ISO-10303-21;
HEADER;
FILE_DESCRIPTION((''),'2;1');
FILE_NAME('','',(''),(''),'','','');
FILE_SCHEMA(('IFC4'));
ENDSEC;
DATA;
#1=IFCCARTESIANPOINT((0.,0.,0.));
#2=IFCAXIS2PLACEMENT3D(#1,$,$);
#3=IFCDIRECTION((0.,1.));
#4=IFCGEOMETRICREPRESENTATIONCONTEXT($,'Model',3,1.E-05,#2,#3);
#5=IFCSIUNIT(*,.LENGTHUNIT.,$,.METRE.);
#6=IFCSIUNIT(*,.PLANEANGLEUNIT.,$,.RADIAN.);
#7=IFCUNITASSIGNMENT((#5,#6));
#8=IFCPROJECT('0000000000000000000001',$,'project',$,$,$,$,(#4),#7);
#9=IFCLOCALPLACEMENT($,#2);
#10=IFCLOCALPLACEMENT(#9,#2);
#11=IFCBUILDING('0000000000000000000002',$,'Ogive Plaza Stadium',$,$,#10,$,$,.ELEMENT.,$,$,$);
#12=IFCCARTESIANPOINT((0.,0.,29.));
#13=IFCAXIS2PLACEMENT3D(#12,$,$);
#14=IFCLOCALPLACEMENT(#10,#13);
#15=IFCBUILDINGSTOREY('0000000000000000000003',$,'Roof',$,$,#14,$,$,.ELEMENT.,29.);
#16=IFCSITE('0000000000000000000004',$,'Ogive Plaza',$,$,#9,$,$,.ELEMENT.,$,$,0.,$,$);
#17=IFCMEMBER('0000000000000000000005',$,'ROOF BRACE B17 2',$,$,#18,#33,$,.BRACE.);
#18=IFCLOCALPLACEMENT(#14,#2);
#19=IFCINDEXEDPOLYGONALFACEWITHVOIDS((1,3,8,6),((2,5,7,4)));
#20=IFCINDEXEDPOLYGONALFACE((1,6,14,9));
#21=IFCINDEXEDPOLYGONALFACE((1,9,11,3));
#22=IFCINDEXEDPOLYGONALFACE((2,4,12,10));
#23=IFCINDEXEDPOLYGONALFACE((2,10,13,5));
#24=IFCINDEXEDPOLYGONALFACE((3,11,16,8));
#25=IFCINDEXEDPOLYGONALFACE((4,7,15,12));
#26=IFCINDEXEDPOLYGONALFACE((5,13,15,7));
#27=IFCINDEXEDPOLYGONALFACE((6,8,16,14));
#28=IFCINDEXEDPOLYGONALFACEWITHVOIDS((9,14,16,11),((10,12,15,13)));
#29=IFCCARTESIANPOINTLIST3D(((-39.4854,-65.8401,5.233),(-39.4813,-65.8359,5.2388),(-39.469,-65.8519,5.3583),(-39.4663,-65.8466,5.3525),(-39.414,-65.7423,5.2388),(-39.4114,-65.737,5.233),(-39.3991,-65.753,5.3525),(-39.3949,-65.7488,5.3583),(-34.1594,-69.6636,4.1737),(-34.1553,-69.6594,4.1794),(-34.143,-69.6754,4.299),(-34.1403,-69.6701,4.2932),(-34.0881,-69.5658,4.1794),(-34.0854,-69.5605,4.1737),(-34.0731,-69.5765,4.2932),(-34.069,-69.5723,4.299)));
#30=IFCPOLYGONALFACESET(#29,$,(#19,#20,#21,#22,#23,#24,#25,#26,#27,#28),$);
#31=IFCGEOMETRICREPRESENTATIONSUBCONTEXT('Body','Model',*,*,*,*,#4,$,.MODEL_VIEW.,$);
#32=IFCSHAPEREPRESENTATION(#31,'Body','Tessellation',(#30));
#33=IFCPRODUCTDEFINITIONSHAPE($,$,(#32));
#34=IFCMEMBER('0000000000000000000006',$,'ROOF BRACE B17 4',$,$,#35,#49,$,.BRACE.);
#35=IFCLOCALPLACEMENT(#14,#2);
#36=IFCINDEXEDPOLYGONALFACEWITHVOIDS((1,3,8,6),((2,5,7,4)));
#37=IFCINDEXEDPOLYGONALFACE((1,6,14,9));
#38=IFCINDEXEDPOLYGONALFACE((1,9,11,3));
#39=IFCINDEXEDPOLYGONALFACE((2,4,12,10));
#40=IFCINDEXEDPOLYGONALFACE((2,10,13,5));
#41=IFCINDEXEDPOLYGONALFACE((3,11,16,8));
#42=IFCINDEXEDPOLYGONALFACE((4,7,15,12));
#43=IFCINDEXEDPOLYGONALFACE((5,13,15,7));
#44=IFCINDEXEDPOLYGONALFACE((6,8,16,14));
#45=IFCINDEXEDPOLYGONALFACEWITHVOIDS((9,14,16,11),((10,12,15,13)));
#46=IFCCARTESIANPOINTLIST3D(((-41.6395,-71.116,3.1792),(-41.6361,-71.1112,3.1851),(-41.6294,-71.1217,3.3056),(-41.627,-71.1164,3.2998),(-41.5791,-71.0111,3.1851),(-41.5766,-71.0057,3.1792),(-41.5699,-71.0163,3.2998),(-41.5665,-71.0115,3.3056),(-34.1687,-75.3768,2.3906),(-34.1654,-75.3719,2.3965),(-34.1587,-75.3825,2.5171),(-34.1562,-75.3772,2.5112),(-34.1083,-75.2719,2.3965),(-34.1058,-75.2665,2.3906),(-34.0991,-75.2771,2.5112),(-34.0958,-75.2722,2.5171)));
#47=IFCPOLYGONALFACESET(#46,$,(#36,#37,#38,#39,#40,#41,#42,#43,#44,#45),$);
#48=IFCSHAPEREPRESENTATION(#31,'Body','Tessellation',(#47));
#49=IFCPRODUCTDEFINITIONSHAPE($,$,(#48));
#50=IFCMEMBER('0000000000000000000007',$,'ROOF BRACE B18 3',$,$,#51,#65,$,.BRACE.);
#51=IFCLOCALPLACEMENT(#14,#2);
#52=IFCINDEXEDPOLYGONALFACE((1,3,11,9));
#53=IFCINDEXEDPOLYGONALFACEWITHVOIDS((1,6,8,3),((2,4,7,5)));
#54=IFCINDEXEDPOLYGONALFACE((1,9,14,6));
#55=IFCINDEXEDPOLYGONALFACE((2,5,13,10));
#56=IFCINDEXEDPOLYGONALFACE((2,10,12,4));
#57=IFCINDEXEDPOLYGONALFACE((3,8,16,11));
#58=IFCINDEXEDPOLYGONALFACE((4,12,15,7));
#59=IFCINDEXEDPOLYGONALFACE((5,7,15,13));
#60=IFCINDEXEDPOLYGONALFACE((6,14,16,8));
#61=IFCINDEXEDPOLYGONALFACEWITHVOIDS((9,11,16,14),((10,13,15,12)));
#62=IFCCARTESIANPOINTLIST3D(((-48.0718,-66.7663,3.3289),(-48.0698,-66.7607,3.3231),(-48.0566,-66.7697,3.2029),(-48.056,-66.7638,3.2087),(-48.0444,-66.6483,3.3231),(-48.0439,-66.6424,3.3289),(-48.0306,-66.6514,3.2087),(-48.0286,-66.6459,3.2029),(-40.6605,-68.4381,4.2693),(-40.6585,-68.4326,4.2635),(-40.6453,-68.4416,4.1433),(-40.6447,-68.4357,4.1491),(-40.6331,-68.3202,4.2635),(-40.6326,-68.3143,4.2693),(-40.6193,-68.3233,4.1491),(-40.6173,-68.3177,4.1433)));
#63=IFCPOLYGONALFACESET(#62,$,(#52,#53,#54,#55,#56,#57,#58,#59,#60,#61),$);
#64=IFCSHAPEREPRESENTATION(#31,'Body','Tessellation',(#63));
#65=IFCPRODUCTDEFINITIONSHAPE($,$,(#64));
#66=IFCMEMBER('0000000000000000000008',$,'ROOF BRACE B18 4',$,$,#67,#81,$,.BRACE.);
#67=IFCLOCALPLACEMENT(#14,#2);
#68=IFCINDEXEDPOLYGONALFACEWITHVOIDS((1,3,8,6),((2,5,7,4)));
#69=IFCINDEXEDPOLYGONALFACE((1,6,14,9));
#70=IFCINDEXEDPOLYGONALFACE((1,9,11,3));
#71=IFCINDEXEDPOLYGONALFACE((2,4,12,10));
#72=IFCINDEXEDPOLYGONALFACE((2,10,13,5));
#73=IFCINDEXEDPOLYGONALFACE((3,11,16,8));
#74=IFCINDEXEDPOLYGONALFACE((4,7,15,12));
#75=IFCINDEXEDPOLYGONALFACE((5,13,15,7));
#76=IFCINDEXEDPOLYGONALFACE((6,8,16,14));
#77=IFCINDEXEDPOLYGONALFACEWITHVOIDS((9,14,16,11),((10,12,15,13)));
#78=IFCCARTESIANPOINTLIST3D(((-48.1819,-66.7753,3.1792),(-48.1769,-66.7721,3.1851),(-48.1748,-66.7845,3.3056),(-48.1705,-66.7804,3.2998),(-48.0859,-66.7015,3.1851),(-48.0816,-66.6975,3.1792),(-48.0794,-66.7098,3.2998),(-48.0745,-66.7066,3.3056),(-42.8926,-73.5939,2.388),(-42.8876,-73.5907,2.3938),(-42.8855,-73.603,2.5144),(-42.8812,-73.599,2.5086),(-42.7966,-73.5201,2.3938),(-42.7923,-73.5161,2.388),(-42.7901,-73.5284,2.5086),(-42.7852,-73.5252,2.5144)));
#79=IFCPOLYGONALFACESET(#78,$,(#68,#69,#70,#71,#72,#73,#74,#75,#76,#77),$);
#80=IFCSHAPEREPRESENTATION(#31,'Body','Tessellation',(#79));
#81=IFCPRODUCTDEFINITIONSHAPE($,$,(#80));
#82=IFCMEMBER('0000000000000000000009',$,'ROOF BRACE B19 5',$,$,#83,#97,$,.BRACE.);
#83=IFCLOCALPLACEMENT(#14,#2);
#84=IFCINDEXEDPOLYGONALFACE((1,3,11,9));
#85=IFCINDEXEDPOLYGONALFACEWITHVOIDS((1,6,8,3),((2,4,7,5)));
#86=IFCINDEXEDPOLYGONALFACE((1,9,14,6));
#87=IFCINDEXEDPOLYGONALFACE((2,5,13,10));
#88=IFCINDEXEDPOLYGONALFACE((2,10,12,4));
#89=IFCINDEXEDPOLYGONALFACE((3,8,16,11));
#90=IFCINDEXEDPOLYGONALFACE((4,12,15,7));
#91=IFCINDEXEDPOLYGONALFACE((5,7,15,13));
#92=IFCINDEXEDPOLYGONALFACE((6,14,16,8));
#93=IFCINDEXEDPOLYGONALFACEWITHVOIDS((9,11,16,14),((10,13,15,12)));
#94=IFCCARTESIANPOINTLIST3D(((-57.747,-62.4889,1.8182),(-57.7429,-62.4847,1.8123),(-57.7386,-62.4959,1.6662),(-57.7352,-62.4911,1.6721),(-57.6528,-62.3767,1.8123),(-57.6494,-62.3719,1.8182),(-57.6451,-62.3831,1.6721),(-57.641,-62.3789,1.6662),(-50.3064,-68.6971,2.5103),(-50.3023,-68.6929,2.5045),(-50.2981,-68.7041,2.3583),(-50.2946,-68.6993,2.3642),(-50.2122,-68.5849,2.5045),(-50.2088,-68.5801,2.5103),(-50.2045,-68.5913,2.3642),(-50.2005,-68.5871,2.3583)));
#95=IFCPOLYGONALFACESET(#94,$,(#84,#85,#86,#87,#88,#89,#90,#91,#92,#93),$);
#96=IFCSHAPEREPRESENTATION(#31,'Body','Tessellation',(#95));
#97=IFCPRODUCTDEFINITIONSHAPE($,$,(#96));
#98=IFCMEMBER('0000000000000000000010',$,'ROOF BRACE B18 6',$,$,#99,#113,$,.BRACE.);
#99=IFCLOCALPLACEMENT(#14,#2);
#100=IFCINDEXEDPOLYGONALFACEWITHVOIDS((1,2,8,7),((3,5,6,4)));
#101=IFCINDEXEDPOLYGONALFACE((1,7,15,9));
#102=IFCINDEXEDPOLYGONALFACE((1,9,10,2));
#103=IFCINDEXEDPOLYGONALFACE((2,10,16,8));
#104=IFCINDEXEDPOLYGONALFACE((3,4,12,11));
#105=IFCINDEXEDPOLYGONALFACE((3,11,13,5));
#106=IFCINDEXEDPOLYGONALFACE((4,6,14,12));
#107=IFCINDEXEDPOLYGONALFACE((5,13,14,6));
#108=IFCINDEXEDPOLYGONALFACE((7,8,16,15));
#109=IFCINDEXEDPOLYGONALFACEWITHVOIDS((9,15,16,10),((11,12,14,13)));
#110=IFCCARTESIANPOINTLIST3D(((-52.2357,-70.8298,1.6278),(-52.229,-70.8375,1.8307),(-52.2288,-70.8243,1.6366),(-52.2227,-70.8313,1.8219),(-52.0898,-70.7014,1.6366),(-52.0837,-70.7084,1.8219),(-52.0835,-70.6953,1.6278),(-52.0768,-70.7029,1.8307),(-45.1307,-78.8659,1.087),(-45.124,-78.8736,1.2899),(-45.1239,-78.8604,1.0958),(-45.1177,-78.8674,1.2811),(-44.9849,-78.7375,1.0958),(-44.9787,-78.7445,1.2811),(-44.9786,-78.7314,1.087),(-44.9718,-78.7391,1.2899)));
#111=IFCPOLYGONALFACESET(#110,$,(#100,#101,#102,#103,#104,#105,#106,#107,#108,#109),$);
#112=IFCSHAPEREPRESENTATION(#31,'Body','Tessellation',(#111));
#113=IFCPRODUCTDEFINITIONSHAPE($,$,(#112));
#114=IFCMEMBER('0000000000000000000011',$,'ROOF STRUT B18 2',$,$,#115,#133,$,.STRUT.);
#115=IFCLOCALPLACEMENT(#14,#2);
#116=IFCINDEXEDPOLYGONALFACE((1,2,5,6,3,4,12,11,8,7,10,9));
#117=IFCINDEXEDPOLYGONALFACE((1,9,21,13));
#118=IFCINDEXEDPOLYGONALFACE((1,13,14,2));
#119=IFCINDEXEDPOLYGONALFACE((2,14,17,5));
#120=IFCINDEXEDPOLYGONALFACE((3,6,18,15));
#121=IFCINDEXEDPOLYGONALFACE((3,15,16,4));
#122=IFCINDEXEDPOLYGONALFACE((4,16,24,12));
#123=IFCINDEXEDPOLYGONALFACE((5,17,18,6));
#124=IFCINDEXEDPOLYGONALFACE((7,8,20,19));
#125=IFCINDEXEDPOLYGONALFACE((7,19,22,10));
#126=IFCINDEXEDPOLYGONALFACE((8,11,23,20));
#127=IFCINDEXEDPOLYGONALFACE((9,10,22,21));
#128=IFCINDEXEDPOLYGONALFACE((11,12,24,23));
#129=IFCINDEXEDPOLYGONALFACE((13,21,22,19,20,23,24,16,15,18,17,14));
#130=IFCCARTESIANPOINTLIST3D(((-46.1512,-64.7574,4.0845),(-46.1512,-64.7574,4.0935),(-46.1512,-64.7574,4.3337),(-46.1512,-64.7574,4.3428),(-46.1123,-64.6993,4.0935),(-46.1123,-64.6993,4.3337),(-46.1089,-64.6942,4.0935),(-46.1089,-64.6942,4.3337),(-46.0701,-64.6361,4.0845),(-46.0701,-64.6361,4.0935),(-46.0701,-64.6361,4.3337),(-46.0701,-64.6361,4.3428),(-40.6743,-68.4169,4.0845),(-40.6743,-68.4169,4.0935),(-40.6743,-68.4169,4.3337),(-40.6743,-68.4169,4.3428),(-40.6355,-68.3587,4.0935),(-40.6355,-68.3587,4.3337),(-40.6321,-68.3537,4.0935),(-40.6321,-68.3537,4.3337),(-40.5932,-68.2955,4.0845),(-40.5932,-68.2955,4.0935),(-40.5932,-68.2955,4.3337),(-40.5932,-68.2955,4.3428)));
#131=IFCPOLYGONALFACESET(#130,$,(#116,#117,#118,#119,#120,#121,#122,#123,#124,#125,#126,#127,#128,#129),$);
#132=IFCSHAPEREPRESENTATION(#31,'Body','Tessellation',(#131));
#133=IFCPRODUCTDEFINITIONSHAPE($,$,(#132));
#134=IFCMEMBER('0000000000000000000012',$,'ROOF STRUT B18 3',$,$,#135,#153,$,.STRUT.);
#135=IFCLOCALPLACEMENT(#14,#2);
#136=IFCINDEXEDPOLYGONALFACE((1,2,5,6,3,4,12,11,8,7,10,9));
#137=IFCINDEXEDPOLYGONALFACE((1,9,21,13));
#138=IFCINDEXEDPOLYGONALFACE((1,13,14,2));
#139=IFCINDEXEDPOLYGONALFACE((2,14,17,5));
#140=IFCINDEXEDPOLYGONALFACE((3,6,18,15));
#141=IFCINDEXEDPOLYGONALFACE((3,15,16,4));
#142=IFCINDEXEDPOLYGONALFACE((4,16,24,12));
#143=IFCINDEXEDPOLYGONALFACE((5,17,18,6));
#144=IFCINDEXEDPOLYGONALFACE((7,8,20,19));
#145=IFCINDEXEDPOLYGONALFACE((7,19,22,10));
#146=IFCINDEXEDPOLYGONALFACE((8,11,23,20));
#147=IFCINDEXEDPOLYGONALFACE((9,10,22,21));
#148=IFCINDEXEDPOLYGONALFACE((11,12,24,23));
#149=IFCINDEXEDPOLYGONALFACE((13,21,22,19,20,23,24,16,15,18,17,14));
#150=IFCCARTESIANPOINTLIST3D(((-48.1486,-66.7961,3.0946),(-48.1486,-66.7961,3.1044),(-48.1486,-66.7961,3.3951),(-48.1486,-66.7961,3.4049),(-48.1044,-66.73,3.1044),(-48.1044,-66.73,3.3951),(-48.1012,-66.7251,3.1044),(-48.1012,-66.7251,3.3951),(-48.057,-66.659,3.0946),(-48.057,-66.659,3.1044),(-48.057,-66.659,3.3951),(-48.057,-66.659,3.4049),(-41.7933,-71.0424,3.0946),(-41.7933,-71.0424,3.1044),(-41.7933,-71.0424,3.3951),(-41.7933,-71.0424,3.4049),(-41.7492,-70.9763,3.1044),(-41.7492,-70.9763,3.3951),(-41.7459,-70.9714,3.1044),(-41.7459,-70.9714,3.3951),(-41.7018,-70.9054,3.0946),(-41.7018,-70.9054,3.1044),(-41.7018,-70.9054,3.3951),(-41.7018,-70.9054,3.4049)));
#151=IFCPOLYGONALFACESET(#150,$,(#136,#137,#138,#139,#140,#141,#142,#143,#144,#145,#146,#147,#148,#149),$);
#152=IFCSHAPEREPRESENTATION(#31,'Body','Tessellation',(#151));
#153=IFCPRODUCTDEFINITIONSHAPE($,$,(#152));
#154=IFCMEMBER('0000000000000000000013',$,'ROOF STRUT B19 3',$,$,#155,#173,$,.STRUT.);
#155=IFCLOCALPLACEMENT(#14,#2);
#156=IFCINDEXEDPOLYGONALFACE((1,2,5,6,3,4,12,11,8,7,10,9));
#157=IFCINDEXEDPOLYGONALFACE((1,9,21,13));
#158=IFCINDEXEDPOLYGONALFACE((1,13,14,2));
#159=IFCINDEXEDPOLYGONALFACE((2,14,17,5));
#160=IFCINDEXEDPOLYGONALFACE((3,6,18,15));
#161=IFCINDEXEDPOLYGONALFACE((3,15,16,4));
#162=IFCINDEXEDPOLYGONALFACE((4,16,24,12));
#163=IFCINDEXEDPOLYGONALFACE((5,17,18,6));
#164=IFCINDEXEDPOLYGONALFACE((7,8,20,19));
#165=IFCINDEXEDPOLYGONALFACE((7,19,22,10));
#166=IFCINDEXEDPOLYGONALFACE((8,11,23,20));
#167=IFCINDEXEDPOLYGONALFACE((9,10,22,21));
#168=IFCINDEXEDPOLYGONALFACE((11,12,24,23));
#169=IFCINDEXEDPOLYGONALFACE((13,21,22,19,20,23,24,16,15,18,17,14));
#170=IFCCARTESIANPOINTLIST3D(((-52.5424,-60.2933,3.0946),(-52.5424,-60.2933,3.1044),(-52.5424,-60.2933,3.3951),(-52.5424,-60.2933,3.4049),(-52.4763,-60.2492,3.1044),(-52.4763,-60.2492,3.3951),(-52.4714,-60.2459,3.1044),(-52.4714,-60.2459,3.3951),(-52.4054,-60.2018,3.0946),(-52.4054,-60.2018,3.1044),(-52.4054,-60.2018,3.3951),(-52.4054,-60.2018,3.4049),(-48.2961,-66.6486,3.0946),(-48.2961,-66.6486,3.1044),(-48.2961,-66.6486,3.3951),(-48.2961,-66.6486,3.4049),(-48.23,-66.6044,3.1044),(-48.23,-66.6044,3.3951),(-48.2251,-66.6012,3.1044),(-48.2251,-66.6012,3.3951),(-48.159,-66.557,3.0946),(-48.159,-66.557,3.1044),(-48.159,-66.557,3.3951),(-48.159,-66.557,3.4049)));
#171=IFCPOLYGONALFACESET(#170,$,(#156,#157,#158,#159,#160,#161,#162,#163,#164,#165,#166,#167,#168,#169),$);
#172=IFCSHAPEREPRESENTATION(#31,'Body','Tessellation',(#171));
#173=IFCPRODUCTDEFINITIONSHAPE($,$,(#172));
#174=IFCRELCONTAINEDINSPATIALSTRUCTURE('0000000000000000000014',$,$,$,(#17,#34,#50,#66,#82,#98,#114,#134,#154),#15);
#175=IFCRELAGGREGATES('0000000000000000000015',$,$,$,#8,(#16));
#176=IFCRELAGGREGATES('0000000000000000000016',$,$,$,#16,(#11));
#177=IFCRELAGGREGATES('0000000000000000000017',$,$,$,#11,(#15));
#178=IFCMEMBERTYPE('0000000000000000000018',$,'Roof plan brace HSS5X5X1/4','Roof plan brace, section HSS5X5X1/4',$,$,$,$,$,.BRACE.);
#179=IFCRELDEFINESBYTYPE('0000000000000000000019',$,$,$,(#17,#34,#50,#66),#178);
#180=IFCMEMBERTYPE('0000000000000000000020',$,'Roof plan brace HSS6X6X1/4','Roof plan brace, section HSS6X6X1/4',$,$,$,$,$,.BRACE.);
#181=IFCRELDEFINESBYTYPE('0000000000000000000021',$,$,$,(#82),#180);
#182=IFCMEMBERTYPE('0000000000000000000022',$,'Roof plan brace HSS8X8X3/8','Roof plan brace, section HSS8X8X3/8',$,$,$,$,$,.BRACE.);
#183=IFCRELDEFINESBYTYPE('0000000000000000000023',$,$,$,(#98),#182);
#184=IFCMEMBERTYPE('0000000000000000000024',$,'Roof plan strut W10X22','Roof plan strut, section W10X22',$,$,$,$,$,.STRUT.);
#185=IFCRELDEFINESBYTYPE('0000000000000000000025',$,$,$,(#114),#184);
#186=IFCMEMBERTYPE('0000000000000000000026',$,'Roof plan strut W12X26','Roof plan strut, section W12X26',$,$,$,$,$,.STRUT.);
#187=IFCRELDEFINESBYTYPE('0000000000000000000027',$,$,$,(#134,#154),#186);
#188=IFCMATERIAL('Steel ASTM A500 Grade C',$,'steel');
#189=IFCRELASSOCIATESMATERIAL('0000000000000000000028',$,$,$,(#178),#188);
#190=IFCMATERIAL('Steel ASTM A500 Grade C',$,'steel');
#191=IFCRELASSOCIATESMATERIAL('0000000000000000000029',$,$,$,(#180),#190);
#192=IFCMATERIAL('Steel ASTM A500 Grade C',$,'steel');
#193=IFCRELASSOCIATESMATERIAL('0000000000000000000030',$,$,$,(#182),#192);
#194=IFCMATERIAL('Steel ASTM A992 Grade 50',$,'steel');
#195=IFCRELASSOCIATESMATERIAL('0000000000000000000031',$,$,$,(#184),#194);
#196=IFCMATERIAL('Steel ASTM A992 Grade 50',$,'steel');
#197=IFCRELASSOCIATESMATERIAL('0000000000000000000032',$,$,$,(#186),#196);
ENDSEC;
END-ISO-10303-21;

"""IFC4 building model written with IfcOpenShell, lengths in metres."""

from ifc_helpers import new_model, si_unit, direction, frame, origin, origin_2d, place, context, subcontext, project, spatial, hollow_rectangle, i_section, extrude, material, material_profile, profile_set, type_object, element, save


model = new_model("IFC4")

# Units and contexts
model_context = context("Model", 3, precision=1e-05, world=origin(), true_north=direction((0.0, 1.0)))
body_context = subcontext(model_context, "Body", "Model", "MODEL_VIEW")
ifc_project = project(units=[si_unit("LENGTHUNIT", "METRE"), si_unit("PLANEANGLEUNIT", "RADIAN")], contexts=[model_context])

# Site, building, storey
site_placement = place(None, origin())
site = spatial("IfcSite", under=ifc_project, at=site_placement, Name="Ogive Plaza", CompositionType="ELEMENT", RefElevation=0.0)
building_placement = place(site_placement, origin())
building = spatial("IfcBuilding", under=site, at=building_placement, Name="Ogive Plaza Stadium", CompositionType="ELEMENT")
storey_placement = place(building_placement, frame((0.0, 0.0, 29.0)))
storey = spatial("IfcBuildingStorey", under=building, at=storey_placement, Name="Roof", CompositionType="ELEMENT", Elevation=29.0)

# Members
ifc_material_1 = material(Name="Steel ASTM A500 Grade C", Category="steel")
ifc_material_profile_1 = material_profile(ifc_material_1, hollow_rectangle(XDim=0.127, YDim=0.127, WallThickness=0.0059, at=origin_2d()), Name="HSS5X5X1/4")
ifc_profile_set_1 = profile_set([ifc_material_profile_1], Name="Steel ASTM A500 Grade C")
member_type_1 = type_object("IfcMemberType", Name="Roof plan brace HSS5X5X1/4", Description="Roof plan brace, section HSS5X5X1/4", PredefinedType="BRACE", material=ifc_profile_set_1)
member_1_placement = place(storey_placement, frame((-39.4402, -65.7944, 5.2957), z_axis=(0.801942, -0.575714, -0.159506), x_axis=(0.583181, 0.812342, 0.0)))
element("IfcMember", 1, at=member_1_placement, inside=storey, type_object=member_type_1, Name="ROOF BRACE B17 2", PredefinedType="BRACE", context=body_context, shape_type="SweptSolid", body=[
    extrude(hollow_rectangle(XDim=0.127, YDim=0.127, WallThickness=0.0059, at=origin_2d()), origin(), (0.0, 0.0, 1.0), 6.6414),
])
member_2_placement = place(storey_placement, frame((-41.603, -71.0637, 3.2424), z_axis=(0.865026, -0.493348, -0.091308), x_axis=(0.495417, 0.868655, 0.0)))
element("IfcMember", 2, at=member_2_placement, inside=storey, type_object=member_type_1, Name="ROOF BRACE B17 4", PredefinedType="BRACE", context=body_context, shape_type="SweptSolid", body=[
    extrude(hollow_rectangle(XDim=0.127, YDim=0.127, WallThickness=0.0059, at=origin_2d()), origin(), (0.0, 0.0, 1.0), 8.6365),
])
member_3_placement = place(storey_placement, frame((-40.6389, -68.3779, 4.2063), z_axis=(-0.9681, 0.218386, -0.122842), x_axis=(-0.220053, -0.975488, 0.0)))
element("IfcMember", 3, at=member_3_placement, inside=storey, type_object=member_type_1, Name="ROOF BRACE B18 3", PredefinedType="BRACE", context=body_context, shape_type="SweptSolid", body=[
    extrude(hollow_rectangle(XDim=0.127, YDim=0.127, WallThickness=0.0059, at=origin_2d()), origin(), (0.0, 0.0, 1.0), 7.6555),
])
member_4_placement = place(storey_placement, frame((-48.1282, -66.741, 3.2424), z_axis=(0.610365, -0.78684, -0.091308), x_axis=(0.790141, 0.612926, 0.0)))
element("IfcMember", 4, at=member_4_placement, inside=storey, type_object=member_type_1, Name="ROOF BRACE B18 4", PredefinedType="BRACE", context=body_context, shape_type="SweptSolid", body=[
    extrude(hollow_rectangle(XDim=0.127, YDim=0.127, WallThickness=0.0059, at=origin_2d()), origin(), (0.0, 0.0, 1.0), 8.6658),
])
ifc_material_2 = material(Name="Steel ASTM A500 Grade C", Category="steel")
ifc_material_profile_2 = material_profile(ifc_material_2, hollow_rectangle(XDim=0.1523, YDim=0.1523, WallThickness=0.0059, at=origin_2d()), Name="HSS6X6X1/4")
ifc_profile_set_2 = profile_set([ifc_material_profile_2], Name="Steel ASTM A500 Grade C")
member_type_2 = type_object("IfcMemberType", Name="Roof plan brace HSS6X6X1/4", Description="Roof plan brace, section HSS6X6X1/4", PredefinedType="BRACE", material=ifc_profile_set_2)
member_5_placement = place(storey_placement, frame((-50.2534, -68.6421, 2.4343), z_axis=(-0.76588, 0.639025, -0.071243), x_axis=(-0.640653, -0.767831, 0.0)))
element("IfcMember", 5, at=member_5_placement, inside=storey, type_object=member_type_2, Name="ROOF BRACE B19 5", PredefinedType="BRACE", context=body_context, shape_type="SweptSolid", body=[
    extrude(hollow_rectangle(XDim=0.1523, YDim=0.1523, WallThickness=0.0059, at=origin_2d()), origin(), (0.0, 0.0, 1.0), 9.7151),
])
ifc_material_3 = material(Name="Steel ASTM A500 Grade C", Category="steel")
ifc_material_profile_3 = material_profile(ifc_material_3, hollow_rectangle(XDim=0.2031, YDim=0.2031, WallThickness=0.0088, at=origin_2d()), Name="HSS8X8X3/8")
ifc_profile_set_3 = profile_set([ifc_material_profile_3], Name="Steel ASTM A500 Grade C")
member_type_3 = type_object("IfcMemberType", Name="Roof plan brace HSS8X8X3/8", Description="Roof plan brace, section HSS8X8X3/8", PredefinedType="BRACE", material=ifc_profile_set_3)
member_6_placement = place(storey_placement, frame((-52.1562, -70.7664, 1.7292), z_axis=(0.661529, -0.748227, -0.05035), x_axis=(0.749177, 0.66237, 0.0)))
element("IfcMember", 6, at=member_6_placement, inside=storey, type_object=member_type_3, Name="ROOF BRACE B18 6", PredefinedType="BRACE", context=body_context, shape_type="SweptSolid", body=[
    extrude(hollow_rectangle(XDim=0.2031, YDim=0.2031, WallThickness=0.0088, at=origin_2d()), origin(), (0.0, 0.0, 1.0), 10.7402),
])
ifc_material_4 = material(Name="Steel ASTM A992 Grade 50", Category="steel")
ifc_material_profile_4 = material_profile(ifc_material_4, i_section(OverallWidth=0.146, OverallDepth=0.2583, WebThickness=0.0061, FlangeThickness=0.009, at=origin_2d()), Name="W10X22")
ifc_profile_set_4 = profile_set([ifc_material_profile_4], Name="Steel ASTM A992 Grade 50")
member_type_4 = type_object("IfcMemberType", Name="Roof plan strut W10X22", Description="Roof plan strut, section W10X22", PredefinedType="STRUT", material=ifc_profile_set_4)
member_7_placement = place(storey_placement, frame((-40.6338, -68.3562, 4.2136), z_axis=(-0.831474, 0.555564, 0.0), x_axis=(-0.555564, -0.831474, 0.0)))
element("IfcMember", 7, at=member_7_placement, inside=storey, type_object=member_type_4, Name="ROOF STRUT B18 2", PredefinedType="STRUT", context=body_context, shape_type="SweptSolid", body=[
    extrude(i_section(OverallWidth=0.146, OverallDepth=0.2583, WebThickness=0.0061, FlangeThickness=0.009, at=origin_2d()), origin(), (0.0, 0.0, 1.0), 6.5869),
])
ifc_material_5 = material(Name="Steel ASTM A992 Grade 50", Category="steel")
ifc_material_profile_5 = material_profile(ifc_material_5, i_section(OverallWidth=0.1648, OverallDepth=0.3103, WebThickness=0.0059, FlangeThickness=0.0098, at=origin_2d()), Name="W12X26")
ifc_profile_set_5 = profile_set([ifc_material_profile_5], Name="Steel ASTM A992 Grade 50")
member_type_5 = type_object("IfcMemberType", Name="Roof plan strut W12X26", Description="Roof plan strut, section W12X26", PredefinedType="STRUT", material=ifc_profile_set_5)
for number, where, z_axis, x_axis, name in (
    (8, (-41.7476, -70.9739, 3.2498), (-0.831475, 0.555562, 0.0), (-0.555562, -0.831475, 0.0), "ROOF STRUT B18 3"),
    (9, (-48.2275, -66.6028, 3.2498), (-0.555562, 0.831475, 0.0), (-0.831475, -0.555562, 0.0), "ROOF STRUT B19 3"),
):
    element("IfcMember", number, at=place(storey_placement, frame(where, z_axis=z_axis, x_axis=x_axis)), inside=storey, type_object=member_type_5, Name=name, PredefinedType="STRUT", context=body_context, shape_type="SweptSolid", body=[
        extrude(i_section(OverallWidth=0.1648, OverallDepth=0.3103, WebThickness=0.0059, FlangeThickness=0.0098, at=origin_2d()), origin(), (0.0, 0.0, 1.0), 7.6433),
    ])

save(model, "model.ifc")
